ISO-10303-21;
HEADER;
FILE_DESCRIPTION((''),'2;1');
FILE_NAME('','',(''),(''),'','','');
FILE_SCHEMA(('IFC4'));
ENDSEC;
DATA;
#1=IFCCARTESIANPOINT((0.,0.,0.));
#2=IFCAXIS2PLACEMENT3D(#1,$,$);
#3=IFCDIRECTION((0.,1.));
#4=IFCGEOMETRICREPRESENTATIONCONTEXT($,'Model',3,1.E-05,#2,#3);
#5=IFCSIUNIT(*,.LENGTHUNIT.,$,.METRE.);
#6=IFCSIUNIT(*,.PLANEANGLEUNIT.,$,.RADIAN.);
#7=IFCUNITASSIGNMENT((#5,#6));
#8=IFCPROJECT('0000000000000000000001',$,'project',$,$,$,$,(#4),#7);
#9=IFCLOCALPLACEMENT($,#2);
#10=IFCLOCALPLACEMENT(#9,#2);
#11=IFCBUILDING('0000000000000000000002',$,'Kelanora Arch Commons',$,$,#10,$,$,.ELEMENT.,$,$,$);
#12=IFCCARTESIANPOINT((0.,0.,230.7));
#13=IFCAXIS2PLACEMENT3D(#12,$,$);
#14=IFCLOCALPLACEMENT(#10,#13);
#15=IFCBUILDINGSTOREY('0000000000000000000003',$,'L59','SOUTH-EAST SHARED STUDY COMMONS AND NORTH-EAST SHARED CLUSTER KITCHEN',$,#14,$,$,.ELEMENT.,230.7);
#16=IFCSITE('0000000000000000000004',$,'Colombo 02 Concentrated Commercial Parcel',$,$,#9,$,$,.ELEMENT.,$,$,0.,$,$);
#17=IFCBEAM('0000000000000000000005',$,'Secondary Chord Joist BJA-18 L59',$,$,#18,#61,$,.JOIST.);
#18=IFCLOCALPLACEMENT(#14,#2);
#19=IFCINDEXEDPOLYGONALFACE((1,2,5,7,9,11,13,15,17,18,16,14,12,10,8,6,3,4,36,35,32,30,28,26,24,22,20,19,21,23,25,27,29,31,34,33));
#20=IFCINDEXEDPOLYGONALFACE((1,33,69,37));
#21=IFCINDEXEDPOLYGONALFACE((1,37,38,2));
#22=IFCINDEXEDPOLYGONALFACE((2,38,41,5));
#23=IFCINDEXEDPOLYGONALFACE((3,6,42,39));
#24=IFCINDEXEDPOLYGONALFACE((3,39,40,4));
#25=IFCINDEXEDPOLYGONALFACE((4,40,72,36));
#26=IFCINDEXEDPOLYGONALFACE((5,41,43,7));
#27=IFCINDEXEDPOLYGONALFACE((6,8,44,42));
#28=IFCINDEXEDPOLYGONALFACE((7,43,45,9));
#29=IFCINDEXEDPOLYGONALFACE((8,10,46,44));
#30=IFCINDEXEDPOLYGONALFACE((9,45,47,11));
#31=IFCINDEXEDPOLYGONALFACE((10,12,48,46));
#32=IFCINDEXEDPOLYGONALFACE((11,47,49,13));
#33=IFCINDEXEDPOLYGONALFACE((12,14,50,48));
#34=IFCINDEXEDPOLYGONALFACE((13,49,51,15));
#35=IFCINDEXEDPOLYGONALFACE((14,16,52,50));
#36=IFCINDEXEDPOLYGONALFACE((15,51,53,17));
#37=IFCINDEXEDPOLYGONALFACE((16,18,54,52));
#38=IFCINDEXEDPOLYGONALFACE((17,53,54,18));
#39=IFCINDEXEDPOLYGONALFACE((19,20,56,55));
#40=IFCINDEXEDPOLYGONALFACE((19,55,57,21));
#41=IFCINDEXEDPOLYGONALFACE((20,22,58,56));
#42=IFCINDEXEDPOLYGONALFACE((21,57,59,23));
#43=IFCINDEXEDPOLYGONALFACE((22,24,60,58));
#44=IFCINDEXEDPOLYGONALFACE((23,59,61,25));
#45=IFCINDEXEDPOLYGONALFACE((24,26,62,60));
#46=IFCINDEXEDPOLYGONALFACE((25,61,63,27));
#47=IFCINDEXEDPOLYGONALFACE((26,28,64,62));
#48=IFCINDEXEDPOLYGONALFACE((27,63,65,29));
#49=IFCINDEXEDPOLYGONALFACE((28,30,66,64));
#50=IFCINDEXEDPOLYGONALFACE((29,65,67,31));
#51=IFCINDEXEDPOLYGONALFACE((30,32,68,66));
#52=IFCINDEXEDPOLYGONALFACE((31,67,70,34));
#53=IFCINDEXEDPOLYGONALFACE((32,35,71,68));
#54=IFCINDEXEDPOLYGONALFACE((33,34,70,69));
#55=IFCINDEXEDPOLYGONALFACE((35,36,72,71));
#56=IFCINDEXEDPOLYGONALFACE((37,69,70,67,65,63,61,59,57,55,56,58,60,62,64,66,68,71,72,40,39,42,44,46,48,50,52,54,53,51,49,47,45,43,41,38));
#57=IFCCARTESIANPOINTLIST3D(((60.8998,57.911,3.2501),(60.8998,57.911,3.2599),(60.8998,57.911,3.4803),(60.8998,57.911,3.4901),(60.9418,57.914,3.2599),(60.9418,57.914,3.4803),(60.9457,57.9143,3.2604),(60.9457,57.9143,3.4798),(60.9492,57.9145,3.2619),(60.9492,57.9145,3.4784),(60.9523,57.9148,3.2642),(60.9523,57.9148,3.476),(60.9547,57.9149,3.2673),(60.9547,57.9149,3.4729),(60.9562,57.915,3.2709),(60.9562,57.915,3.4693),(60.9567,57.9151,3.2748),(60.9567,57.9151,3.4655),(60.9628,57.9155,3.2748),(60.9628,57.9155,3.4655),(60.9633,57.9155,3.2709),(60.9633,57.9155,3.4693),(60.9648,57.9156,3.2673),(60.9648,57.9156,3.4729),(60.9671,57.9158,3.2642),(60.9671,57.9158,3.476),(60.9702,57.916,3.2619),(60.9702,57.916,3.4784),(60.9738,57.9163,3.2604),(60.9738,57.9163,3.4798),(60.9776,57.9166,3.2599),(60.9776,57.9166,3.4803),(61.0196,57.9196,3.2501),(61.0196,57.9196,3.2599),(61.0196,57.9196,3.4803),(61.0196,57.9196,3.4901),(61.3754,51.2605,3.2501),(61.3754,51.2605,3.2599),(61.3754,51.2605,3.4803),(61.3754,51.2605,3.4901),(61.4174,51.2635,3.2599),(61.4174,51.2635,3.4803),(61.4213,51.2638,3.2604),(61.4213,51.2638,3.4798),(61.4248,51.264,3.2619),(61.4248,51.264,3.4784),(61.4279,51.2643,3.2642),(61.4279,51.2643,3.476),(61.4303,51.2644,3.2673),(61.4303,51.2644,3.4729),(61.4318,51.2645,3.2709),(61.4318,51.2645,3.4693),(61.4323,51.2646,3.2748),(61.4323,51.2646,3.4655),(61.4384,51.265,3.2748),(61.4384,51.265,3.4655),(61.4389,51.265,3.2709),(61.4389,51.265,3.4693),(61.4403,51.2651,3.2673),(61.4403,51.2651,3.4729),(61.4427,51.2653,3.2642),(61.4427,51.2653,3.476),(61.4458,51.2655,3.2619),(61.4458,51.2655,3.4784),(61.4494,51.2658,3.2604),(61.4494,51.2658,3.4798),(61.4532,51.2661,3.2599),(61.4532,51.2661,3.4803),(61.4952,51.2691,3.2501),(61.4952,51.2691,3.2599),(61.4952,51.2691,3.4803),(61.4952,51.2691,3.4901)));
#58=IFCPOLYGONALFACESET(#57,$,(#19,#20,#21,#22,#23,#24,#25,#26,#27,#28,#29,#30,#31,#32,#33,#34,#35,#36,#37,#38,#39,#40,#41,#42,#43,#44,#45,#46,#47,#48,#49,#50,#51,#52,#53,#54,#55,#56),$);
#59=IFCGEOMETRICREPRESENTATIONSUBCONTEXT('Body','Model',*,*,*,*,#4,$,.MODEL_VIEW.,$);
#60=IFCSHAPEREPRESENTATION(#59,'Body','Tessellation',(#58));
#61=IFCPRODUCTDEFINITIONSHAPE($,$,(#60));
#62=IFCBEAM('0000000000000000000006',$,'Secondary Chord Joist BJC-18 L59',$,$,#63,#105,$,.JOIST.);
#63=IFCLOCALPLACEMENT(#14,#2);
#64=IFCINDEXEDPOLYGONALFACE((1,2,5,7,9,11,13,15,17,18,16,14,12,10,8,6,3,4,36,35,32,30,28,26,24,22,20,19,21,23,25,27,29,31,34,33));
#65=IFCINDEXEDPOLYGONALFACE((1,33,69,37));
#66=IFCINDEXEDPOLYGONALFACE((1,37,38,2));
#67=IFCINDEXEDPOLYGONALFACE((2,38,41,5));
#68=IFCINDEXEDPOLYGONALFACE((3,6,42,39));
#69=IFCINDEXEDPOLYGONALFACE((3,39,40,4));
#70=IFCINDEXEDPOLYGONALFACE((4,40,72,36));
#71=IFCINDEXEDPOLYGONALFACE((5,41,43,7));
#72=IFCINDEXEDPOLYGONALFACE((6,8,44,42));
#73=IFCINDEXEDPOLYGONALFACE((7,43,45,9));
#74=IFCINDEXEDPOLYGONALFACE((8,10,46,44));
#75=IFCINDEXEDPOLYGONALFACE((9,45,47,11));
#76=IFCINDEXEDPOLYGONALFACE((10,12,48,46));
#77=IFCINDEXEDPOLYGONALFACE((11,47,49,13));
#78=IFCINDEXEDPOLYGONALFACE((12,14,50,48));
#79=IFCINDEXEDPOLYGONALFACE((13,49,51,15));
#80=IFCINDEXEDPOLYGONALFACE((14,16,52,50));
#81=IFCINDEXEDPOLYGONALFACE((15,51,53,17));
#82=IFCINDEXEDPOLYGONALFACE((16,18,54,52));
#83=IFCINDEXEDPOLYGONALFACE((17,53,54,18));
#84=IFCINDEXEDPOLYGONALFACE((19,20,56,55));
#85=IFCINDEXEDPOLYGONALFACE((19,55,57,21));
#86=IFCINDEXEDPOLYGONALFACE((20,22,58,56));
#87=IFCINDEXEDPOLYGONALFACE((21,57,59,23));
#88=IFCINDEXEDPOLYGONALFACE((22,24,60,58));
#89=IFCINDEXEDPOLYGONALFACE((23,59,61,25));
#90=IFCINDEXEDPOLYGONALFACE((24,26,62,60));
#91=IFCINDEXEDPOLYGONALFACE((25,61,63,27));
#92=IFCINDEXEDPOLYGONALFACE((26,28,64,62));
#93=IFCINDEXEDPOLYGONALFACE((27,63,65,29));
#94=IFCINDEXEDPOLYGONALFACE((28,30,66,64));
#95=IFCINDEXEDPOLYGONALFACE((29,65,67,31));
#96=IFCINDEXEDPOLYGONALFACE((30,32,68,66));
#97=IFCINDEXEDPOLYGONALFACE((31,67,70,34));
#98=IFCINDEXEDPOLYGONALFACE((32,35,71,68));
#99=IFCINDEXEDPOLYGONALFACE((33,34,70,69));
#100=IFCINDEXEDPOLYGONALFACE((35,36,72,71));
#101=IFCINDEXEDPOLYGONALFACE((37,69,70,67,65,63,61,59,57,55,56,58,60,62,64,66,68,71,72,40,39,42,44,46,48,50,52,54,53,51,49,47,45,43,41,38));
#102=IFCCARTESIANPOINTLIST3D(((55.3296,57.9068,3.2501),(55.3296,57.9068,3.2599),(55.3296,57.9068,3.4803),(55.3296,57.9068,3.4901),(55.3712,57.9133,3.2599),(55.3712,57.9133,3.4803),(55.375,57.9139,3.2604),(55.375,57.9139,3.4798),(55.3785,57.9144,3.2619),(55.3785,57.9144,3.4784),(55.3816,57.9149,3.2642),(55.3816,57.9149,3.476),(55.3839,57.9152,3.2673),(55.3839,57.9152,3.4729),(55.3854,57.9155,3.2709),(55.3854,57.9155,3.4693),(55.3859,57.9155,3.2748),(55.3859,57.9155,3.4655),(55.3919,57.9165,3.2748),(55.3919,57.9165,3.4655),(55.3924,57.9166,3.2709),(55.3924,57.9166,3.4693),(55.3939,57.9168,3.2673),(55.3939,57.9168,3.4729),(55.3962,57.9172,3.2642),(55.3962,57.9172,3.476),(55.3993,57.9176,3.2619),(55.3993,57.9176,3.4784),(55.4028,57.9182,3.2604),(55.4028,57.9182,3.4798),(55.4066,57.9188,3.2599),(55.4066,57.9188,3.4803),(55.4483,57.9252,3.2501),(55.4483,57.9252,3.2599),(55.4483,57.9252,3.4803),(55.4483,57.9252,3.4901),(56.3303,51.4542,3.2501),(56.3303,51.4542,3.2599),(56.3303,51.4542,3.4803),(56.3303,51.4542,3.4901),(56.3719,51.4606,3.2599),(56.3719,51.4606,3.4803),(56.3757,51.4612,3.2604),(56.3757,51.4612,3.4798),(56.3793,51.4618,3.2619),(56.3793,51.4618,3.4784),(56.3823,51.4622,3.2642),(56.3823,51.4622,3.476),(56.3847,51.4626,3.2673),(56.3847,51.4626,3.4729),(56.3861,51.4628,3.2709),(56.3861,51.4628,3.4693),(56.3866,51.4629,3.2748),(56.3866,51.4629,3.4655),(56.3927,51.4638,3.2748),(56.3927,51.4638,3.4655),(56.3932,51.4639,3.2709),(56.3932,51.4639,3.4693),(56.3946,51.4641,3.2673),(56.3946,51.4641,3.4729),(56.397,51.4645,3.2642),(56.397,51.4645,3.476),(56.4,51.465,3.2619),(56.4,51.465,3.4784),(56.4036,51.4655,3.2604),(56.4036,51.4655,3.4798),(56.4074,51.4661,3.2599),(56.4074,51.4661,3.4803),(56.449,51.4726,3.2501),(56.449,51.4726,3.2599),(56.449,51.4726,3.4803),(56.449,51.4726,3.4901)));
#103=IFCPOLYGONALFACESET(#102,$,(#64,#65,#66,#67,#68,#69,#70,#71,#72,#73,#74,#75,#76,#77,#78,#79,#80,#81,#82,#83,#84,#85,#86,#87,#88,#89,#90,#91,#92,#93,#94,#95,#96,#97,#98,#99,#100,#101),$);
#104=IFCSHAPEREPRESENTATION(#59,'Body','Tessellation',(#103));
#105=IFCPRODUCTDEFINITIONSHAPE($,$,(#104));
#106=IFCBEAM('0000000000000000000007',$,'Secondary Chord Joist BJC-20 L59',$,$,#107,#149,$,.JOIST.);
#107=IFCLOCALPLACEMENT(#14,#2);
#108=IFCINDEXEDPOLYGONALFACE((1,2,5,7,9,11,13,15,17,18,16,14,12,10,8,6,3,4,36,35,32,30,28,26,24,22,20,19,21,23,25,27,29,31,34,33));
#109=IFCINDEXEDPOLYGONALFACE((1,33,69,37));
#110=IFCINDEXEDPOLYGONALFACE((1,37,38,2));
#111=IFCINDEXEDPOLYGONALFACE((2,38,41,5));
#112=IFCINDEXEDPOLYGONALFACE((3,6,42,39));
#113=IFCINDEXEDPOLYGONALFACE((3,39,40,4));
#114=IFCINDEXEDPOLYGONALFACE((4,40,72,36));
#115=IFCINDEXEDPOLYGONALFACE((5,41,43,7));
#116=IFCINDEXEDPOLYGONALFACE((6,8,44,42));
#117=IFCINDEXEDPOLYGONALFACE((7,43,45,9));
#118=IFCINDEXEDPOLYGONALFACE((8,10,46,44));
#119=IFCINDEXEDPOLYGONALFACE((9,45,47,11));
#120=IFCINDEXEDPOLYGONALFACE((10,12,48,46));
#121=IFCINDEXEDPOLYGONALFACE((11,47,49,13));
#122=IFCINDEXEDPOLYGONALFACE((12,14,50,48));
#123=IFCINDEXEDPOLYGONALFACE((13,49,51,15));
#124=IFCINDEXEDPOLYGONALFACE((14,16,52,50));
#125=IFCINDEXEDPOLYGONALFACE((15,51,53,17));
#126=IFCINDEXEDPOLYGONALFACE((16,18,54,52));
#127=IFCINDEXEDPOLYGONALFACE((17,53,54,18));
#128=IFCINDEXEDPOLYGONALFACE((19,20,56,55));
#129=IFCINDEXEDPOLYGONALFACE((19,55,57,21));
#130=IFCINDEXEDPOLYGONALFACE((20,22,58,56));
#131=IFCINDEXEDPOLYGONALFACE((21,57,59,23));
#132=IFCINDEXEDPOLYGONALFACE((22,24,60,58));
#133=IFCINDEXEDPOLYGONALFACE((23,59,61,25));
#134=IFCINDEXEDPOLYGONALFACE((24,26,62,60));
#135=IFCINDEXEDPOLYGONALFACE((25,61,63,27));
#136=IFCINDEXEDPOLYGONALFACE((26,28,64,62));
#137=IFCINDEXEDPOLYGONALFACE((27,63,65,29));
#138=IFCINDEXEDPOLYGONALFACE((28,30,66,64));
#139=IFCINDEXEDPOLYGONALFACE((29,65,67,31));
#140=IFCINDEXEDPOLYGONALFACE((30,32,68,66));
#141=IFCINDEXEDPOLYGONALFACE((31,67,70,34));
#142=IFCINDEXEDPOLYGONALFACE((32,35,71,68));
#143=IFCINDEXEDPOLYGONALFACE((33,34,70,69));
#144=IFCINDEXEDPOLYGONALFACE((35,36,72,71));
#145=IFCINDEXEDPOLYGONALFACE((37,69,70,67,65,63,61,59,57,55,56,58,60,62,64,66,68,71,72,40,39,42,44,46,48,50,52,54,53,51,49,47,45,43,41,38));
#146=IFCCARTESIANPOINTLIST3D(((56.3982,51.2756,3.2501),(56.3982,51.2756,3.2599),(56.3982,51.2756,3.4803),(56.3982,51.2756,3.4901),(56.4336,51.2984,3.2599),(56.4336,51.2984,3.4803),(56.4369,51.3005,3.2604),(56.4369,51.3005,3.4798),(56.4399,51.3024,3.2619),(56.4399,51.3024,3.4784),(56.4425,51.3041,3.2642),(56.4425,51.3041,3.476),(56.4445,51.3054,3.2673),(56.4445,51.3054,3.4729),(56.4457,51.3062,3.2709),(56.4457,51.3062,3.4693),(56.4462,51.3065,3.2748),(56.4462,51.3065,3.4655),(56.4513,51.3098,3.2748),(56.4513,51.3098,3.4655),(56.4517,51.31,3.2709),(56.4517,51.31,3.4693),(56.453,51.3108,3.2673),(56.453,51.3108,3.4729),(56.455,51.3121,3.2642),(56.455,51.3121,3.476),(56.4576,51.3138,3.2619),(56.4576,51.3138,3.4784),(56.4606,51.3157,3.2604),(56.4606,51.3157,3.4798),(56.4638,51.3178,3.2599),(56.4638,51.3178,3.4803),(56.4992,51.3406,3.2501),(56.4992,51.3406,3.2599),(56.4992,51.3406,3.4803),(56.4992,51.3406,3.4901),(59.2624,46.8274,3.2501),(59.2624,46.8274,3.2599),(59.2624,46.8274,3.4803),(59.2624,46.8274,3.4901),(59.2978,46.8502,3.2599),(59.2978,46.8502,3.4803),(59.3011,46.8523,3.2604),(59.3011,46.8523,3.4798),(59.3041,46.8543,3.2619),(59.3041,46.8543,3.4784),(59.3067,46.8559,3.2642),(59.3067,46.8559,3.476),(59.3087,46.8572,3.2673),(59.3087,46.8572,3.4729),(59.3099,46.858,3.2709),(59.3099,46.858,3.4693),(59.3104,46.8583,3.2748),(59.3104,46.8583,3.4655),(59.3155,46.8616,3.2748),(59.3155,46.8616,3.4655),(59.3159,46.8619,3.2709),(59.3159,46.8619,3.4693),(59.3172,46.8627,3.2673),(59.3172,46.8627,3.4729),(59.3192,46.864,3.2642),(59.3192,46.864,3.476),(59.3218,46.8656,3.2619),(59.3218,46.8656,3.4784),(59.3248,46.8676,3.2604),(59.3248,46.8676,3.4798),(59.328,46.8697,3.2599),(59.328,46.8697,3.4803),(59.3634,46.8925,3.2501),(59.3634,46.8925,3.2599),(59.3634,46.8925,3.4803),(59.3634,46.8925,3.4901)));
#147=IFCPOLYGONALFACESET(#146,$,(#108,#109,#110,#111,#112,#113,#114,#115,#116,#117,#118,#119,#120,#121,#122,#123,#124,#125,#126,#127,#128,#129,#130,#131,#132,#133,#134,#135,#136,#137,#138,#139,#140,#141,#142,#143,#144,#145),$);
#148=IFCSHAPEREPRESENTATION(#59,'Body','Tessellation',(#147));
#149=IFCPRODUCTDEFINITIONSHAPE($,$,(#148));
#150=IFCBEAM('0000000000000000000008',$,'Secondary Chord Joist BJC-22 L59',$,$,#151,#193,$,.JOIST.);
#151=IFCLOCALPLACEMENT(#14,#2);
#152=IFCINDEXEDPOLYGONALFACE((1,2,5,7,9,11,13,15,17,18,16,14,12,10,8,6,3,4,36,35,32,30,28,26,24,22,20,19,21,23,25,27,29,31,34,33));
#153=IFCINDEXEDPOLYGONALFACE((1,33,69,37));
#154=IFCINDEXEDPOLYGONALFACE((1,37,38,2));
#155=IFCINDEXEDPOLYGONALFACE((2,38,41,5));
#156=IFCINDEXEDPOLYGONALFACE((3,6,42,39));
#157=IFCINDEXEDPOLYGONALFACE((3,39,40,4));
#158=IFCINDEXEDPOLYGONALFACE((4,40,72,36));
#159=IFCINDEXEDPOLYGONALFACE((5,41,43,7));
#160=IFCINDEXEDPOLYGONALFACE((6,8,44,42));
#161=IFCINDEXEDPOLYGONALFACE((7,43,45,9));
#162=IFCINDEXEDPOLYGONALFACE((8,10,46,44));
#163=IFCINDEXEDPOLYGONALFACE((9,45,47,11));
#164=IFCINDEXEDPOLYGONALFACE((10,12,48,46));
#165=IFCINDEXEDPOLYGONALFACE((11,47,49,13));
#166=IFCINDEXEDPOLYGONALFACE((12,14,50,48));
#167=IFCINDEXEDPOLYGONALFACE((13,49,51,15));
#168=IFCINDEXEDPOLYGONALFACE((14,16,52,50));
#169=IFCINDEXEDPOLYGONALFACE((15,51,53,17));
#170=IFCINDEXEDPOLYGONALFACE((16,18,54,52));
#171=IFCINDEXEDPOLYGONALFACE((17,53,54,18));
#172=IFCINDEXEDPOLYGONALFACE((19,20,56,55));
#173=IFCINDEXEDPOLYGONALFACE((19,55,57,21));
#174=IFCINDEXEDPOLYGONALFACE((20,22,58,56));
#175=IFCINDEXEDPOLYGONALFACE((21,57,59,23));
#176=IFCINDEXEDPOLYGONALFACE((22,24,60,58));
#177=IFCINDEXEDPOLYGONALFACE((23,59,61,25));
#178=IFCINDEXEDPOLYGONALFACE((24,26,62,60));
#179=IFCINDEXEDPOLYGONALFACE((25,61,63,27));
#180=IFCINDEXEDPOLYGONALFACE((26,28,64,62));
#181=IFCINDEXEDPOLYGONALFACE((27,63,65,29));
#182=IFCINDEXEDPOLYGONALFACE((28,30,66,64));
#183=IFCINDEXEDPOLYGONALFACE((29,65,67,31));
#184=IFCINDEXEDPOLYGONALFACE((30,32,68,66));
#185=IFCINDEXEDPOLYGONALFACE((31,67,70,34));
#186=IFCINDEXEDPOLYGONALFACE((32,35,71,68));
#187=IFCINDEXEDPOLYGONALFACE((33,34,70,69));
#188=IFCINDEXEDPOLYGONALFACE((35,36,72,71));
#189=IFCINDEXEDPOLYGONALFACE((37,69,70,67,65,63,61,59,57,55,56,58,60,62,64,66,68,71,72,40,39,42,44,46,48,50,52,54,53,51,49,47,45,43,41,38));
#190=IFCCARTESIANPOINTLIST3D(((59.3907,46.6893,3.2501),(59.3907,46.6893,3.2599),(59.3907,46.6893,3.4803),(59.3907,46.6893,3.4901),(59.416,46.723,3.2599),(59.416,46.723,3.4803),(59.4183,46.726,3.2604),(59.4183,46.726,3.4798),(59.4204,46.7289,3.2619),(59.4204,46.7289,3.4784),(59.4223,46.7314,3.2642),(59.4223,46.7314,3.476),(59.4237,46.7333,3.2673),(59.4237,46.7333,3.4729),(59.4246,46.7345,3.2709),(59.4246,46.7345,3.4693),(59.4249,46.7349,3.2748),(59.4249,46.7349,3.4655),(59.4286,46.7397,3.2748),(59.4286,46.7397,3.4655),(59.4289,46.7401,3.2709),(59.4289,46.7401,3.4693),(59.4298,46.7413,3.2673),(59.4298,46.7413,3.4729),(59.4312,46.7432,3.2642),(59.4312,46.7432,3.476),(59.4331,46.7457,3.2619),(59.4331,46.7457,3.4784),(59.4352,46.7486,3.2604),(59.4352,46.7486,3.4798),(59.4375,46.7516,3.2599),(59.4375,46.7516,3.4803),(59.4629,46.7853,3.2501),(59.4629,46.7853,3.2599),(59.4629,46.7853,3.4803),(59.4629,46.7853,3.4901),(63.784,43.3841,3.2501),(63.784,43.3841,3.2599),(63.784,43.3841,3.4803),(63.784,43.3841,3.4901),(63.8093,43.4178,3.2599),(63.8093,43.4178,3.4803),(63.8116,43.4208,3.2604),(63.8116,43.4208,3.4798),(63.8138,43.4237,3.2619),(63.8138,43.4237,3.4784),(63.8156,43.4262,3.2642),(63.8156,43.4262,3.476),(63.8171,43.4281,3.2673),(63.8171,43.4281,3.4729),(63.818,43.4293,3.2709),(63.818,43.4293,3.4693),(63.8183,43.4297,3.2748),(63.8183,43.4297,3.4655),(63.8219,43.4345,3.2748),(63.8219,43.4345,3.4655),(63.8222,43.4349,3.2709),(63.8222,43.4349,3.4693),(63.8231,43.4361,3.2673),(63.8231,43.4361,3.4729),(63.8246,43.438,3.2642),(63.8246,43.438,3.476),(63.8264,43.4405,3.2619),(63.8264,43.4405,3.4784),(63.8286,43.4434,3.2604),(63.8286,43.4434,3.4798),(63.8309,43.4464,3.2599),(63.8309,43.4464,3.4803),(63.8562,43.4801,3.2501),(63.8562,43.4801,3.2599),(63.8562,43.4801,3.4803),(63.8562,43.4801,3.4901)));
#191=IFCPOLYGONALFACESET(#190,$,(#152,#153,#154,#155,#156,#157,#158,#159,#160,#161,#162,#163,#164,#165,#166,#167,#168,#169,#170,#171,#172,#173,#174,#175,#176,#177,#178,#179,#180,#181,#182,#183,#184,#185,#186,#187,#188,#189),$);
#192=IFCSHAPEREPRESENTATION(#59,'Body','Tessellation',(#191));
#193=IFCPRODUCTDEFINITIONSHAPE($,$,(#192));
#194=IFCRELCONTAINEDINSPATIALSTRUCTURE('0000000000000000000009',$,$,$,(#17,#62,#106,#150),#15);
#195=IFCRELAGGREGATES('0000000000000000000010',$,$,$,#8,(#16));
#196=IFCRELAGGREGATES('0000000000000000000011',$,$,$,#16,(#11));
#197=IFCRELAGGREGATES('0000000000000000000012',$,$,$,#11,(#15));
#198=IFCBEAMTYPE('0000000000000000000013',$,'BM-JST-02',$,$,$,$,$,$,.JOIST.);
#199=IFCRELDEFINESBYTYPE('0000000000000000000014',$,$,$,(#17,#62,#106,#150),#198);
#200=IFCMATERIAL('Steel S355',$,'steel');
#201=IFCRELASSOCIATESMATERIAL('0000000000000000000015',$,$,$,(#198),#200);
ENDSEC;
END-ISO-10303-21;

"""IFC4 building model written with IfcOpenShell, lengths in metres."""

from ifc_helpers import new_model, si_unit, direction, frame, origin, origin_2d, place, context, subcontext, project, spatial, i_section, extrude, material, material_profile, profile_set, type_object, element, save


model = new_model("IFC4")

# Units and contexts
model_context = context("Model", 3, precision=1e-05, world=origin(), true_north=direction((0.0, 1.0)))
body_context = subcontext(model_context, "Body", "Model", "MODEL_VIEW")
ifc_project = project(units=[si_unit("LENGTHUNIT", "METRE"), si_unit("PLANEANGLEUNIT", "RADIAN")], contexts=[model_context])

# Site, building, storey
site_placement = place(None, origin())
site = spatial("IfcSite", under=ifc_project, at=site_placement, Name="Colombo 02 Concentrated Commercial Parcel", CompositionType="ELEMENT", RefElevation=0.0)
building_placement = place(site_placement, origin())
building = spatial("IfcBuilding", under=site, at=building_placement, Name="Kelanora Arch Commons", CompositionType="ELEMENT")
storey_placement = place(building_placement, frame((0.0, 0.0, 230.7)))
storey = spatial("IfcBuildingStorey", under=building, at=storey_placement, Name="L59", Description="SOUTH-EAST SHARED STUDY COMMONS AND NORTH-EAST SHARED CLUSTER KITCHEN", CompositionType="ELEMENT", Elevation=230.7)

# Beams
ifc_material_1 = material(Name="Steel S355", Category="steel")
ifc_material_profile_1 = material_profile(ifc_material_1, i_section(OverallWidth=0.1201, OverallDepth=0.24, WebThickness=0.0061, FlangeThickness=0.0098, FilletRadius=0.0149, at=origin_2d()), Name="IPE240")
ifc_profile_set_1 = profile_set([ifc_material_profile_1], Name="Steel S355")
beam_type_1 = type_object("IfcBeamType", Name="BM-JST-02", PredefinedType="JOIST", material=ifc_profile_set_1)
beam_1_placement = place(storey_placement, frame((60.9597, 57.9153, 3.3701), z_axis=(0.07133, -0.997453, 0.0), x_axis=(0.997453, 0.07133, 0.0)))
element("IfcBeam", 1, at=beam_1_placement, inside=storey, type_object=beam_type_1, Name="Secondary Chord Joist BJA-18 L59", PredefinedType="JOIST", context=body_context, shape_type="SweptSolid", body=[
    extrude(i_section(OverallWidth=0.1201, OverallDepth=0.24, WebThickness=0.0061, FlangeThickness=0.0098, FilletRadius=0.0149, at=origin_2d()), origin(), (0.0, 0.0, 1.0), 6.6675),
])
beam_2_placement = place(storey_placement, frame((55.3889, 57.916, 3.3701), z_axis=(0.153257, -0.988186, 0.0), x_axis=(0.988186, 0.153257, 0.0)))
element("IfcBeam", 2, at=beam_2_placement, inside=storey, type_object=beam_type_1, Name="Secondary Chord Joist BJC-18 L59", PredefinedType="JOIST", context=body_context, shape_type="SweptSolid", body=[
    extrude(i_section(OverallWidth=0.1201, OverallDepth=0.24, WebThickness=0.0061, FlangeThickness=0.0098, FilletRadius=0.0149, at=origin_2d()), origin(), (0.0, 0.0, 1.0), 6.5298),
])
beam_3_placement = place(storey_placement, frame((56.4487, 51.3081, 3.3701), z_axis=(0.541382, -0.840776, 0.0), x_axis=(0.840776, 0.541382, 0.0)))
element("IfcBeam", 3, at=beam_3_placement, inside=storey, type_object=beam_type_1, Name="Secondary Chord Joist BJC-20 L59", PredefinedType="JOIST", context=body_context, shape_type="SweptSolid", body=[
    extrude(i_section(OverallWidth=0.1201, OverallDepth=0.24, WebThickness=0.0061, FlangeThickness=0.0098, FilletRadius=0.0149, at=origin_2d()), origin(), (0.0, 0.0, 1.0), 5.2905),
])
beam_4_placement = place(storey_placement, frame((59.4268, 46.7373, 3.3701), z_axis=(0.799109, -0.601186, 0.0), x_axis=(0.601186, 0.799109, 0.0)))
element("IfcBeam", 4, at=beam_4_placement, inside=storey, type_object=beam_type_1, Name="Secondary Chord Joist BJC-22 L59", PredefinedType="JOIST", context=body_context, shape_type="SweptSolid", body=[
    extrude(i_section(OverallWidth=0.1201, OverallDepth=0.24, WebThickness=0.0061, FlangeThickness=0.0098, FilletRadius=0.0149, at=origin_2d()), origin(), (0.0, 0.0, 1.0), 5.4978),
])

save(model, "model.ifc")
